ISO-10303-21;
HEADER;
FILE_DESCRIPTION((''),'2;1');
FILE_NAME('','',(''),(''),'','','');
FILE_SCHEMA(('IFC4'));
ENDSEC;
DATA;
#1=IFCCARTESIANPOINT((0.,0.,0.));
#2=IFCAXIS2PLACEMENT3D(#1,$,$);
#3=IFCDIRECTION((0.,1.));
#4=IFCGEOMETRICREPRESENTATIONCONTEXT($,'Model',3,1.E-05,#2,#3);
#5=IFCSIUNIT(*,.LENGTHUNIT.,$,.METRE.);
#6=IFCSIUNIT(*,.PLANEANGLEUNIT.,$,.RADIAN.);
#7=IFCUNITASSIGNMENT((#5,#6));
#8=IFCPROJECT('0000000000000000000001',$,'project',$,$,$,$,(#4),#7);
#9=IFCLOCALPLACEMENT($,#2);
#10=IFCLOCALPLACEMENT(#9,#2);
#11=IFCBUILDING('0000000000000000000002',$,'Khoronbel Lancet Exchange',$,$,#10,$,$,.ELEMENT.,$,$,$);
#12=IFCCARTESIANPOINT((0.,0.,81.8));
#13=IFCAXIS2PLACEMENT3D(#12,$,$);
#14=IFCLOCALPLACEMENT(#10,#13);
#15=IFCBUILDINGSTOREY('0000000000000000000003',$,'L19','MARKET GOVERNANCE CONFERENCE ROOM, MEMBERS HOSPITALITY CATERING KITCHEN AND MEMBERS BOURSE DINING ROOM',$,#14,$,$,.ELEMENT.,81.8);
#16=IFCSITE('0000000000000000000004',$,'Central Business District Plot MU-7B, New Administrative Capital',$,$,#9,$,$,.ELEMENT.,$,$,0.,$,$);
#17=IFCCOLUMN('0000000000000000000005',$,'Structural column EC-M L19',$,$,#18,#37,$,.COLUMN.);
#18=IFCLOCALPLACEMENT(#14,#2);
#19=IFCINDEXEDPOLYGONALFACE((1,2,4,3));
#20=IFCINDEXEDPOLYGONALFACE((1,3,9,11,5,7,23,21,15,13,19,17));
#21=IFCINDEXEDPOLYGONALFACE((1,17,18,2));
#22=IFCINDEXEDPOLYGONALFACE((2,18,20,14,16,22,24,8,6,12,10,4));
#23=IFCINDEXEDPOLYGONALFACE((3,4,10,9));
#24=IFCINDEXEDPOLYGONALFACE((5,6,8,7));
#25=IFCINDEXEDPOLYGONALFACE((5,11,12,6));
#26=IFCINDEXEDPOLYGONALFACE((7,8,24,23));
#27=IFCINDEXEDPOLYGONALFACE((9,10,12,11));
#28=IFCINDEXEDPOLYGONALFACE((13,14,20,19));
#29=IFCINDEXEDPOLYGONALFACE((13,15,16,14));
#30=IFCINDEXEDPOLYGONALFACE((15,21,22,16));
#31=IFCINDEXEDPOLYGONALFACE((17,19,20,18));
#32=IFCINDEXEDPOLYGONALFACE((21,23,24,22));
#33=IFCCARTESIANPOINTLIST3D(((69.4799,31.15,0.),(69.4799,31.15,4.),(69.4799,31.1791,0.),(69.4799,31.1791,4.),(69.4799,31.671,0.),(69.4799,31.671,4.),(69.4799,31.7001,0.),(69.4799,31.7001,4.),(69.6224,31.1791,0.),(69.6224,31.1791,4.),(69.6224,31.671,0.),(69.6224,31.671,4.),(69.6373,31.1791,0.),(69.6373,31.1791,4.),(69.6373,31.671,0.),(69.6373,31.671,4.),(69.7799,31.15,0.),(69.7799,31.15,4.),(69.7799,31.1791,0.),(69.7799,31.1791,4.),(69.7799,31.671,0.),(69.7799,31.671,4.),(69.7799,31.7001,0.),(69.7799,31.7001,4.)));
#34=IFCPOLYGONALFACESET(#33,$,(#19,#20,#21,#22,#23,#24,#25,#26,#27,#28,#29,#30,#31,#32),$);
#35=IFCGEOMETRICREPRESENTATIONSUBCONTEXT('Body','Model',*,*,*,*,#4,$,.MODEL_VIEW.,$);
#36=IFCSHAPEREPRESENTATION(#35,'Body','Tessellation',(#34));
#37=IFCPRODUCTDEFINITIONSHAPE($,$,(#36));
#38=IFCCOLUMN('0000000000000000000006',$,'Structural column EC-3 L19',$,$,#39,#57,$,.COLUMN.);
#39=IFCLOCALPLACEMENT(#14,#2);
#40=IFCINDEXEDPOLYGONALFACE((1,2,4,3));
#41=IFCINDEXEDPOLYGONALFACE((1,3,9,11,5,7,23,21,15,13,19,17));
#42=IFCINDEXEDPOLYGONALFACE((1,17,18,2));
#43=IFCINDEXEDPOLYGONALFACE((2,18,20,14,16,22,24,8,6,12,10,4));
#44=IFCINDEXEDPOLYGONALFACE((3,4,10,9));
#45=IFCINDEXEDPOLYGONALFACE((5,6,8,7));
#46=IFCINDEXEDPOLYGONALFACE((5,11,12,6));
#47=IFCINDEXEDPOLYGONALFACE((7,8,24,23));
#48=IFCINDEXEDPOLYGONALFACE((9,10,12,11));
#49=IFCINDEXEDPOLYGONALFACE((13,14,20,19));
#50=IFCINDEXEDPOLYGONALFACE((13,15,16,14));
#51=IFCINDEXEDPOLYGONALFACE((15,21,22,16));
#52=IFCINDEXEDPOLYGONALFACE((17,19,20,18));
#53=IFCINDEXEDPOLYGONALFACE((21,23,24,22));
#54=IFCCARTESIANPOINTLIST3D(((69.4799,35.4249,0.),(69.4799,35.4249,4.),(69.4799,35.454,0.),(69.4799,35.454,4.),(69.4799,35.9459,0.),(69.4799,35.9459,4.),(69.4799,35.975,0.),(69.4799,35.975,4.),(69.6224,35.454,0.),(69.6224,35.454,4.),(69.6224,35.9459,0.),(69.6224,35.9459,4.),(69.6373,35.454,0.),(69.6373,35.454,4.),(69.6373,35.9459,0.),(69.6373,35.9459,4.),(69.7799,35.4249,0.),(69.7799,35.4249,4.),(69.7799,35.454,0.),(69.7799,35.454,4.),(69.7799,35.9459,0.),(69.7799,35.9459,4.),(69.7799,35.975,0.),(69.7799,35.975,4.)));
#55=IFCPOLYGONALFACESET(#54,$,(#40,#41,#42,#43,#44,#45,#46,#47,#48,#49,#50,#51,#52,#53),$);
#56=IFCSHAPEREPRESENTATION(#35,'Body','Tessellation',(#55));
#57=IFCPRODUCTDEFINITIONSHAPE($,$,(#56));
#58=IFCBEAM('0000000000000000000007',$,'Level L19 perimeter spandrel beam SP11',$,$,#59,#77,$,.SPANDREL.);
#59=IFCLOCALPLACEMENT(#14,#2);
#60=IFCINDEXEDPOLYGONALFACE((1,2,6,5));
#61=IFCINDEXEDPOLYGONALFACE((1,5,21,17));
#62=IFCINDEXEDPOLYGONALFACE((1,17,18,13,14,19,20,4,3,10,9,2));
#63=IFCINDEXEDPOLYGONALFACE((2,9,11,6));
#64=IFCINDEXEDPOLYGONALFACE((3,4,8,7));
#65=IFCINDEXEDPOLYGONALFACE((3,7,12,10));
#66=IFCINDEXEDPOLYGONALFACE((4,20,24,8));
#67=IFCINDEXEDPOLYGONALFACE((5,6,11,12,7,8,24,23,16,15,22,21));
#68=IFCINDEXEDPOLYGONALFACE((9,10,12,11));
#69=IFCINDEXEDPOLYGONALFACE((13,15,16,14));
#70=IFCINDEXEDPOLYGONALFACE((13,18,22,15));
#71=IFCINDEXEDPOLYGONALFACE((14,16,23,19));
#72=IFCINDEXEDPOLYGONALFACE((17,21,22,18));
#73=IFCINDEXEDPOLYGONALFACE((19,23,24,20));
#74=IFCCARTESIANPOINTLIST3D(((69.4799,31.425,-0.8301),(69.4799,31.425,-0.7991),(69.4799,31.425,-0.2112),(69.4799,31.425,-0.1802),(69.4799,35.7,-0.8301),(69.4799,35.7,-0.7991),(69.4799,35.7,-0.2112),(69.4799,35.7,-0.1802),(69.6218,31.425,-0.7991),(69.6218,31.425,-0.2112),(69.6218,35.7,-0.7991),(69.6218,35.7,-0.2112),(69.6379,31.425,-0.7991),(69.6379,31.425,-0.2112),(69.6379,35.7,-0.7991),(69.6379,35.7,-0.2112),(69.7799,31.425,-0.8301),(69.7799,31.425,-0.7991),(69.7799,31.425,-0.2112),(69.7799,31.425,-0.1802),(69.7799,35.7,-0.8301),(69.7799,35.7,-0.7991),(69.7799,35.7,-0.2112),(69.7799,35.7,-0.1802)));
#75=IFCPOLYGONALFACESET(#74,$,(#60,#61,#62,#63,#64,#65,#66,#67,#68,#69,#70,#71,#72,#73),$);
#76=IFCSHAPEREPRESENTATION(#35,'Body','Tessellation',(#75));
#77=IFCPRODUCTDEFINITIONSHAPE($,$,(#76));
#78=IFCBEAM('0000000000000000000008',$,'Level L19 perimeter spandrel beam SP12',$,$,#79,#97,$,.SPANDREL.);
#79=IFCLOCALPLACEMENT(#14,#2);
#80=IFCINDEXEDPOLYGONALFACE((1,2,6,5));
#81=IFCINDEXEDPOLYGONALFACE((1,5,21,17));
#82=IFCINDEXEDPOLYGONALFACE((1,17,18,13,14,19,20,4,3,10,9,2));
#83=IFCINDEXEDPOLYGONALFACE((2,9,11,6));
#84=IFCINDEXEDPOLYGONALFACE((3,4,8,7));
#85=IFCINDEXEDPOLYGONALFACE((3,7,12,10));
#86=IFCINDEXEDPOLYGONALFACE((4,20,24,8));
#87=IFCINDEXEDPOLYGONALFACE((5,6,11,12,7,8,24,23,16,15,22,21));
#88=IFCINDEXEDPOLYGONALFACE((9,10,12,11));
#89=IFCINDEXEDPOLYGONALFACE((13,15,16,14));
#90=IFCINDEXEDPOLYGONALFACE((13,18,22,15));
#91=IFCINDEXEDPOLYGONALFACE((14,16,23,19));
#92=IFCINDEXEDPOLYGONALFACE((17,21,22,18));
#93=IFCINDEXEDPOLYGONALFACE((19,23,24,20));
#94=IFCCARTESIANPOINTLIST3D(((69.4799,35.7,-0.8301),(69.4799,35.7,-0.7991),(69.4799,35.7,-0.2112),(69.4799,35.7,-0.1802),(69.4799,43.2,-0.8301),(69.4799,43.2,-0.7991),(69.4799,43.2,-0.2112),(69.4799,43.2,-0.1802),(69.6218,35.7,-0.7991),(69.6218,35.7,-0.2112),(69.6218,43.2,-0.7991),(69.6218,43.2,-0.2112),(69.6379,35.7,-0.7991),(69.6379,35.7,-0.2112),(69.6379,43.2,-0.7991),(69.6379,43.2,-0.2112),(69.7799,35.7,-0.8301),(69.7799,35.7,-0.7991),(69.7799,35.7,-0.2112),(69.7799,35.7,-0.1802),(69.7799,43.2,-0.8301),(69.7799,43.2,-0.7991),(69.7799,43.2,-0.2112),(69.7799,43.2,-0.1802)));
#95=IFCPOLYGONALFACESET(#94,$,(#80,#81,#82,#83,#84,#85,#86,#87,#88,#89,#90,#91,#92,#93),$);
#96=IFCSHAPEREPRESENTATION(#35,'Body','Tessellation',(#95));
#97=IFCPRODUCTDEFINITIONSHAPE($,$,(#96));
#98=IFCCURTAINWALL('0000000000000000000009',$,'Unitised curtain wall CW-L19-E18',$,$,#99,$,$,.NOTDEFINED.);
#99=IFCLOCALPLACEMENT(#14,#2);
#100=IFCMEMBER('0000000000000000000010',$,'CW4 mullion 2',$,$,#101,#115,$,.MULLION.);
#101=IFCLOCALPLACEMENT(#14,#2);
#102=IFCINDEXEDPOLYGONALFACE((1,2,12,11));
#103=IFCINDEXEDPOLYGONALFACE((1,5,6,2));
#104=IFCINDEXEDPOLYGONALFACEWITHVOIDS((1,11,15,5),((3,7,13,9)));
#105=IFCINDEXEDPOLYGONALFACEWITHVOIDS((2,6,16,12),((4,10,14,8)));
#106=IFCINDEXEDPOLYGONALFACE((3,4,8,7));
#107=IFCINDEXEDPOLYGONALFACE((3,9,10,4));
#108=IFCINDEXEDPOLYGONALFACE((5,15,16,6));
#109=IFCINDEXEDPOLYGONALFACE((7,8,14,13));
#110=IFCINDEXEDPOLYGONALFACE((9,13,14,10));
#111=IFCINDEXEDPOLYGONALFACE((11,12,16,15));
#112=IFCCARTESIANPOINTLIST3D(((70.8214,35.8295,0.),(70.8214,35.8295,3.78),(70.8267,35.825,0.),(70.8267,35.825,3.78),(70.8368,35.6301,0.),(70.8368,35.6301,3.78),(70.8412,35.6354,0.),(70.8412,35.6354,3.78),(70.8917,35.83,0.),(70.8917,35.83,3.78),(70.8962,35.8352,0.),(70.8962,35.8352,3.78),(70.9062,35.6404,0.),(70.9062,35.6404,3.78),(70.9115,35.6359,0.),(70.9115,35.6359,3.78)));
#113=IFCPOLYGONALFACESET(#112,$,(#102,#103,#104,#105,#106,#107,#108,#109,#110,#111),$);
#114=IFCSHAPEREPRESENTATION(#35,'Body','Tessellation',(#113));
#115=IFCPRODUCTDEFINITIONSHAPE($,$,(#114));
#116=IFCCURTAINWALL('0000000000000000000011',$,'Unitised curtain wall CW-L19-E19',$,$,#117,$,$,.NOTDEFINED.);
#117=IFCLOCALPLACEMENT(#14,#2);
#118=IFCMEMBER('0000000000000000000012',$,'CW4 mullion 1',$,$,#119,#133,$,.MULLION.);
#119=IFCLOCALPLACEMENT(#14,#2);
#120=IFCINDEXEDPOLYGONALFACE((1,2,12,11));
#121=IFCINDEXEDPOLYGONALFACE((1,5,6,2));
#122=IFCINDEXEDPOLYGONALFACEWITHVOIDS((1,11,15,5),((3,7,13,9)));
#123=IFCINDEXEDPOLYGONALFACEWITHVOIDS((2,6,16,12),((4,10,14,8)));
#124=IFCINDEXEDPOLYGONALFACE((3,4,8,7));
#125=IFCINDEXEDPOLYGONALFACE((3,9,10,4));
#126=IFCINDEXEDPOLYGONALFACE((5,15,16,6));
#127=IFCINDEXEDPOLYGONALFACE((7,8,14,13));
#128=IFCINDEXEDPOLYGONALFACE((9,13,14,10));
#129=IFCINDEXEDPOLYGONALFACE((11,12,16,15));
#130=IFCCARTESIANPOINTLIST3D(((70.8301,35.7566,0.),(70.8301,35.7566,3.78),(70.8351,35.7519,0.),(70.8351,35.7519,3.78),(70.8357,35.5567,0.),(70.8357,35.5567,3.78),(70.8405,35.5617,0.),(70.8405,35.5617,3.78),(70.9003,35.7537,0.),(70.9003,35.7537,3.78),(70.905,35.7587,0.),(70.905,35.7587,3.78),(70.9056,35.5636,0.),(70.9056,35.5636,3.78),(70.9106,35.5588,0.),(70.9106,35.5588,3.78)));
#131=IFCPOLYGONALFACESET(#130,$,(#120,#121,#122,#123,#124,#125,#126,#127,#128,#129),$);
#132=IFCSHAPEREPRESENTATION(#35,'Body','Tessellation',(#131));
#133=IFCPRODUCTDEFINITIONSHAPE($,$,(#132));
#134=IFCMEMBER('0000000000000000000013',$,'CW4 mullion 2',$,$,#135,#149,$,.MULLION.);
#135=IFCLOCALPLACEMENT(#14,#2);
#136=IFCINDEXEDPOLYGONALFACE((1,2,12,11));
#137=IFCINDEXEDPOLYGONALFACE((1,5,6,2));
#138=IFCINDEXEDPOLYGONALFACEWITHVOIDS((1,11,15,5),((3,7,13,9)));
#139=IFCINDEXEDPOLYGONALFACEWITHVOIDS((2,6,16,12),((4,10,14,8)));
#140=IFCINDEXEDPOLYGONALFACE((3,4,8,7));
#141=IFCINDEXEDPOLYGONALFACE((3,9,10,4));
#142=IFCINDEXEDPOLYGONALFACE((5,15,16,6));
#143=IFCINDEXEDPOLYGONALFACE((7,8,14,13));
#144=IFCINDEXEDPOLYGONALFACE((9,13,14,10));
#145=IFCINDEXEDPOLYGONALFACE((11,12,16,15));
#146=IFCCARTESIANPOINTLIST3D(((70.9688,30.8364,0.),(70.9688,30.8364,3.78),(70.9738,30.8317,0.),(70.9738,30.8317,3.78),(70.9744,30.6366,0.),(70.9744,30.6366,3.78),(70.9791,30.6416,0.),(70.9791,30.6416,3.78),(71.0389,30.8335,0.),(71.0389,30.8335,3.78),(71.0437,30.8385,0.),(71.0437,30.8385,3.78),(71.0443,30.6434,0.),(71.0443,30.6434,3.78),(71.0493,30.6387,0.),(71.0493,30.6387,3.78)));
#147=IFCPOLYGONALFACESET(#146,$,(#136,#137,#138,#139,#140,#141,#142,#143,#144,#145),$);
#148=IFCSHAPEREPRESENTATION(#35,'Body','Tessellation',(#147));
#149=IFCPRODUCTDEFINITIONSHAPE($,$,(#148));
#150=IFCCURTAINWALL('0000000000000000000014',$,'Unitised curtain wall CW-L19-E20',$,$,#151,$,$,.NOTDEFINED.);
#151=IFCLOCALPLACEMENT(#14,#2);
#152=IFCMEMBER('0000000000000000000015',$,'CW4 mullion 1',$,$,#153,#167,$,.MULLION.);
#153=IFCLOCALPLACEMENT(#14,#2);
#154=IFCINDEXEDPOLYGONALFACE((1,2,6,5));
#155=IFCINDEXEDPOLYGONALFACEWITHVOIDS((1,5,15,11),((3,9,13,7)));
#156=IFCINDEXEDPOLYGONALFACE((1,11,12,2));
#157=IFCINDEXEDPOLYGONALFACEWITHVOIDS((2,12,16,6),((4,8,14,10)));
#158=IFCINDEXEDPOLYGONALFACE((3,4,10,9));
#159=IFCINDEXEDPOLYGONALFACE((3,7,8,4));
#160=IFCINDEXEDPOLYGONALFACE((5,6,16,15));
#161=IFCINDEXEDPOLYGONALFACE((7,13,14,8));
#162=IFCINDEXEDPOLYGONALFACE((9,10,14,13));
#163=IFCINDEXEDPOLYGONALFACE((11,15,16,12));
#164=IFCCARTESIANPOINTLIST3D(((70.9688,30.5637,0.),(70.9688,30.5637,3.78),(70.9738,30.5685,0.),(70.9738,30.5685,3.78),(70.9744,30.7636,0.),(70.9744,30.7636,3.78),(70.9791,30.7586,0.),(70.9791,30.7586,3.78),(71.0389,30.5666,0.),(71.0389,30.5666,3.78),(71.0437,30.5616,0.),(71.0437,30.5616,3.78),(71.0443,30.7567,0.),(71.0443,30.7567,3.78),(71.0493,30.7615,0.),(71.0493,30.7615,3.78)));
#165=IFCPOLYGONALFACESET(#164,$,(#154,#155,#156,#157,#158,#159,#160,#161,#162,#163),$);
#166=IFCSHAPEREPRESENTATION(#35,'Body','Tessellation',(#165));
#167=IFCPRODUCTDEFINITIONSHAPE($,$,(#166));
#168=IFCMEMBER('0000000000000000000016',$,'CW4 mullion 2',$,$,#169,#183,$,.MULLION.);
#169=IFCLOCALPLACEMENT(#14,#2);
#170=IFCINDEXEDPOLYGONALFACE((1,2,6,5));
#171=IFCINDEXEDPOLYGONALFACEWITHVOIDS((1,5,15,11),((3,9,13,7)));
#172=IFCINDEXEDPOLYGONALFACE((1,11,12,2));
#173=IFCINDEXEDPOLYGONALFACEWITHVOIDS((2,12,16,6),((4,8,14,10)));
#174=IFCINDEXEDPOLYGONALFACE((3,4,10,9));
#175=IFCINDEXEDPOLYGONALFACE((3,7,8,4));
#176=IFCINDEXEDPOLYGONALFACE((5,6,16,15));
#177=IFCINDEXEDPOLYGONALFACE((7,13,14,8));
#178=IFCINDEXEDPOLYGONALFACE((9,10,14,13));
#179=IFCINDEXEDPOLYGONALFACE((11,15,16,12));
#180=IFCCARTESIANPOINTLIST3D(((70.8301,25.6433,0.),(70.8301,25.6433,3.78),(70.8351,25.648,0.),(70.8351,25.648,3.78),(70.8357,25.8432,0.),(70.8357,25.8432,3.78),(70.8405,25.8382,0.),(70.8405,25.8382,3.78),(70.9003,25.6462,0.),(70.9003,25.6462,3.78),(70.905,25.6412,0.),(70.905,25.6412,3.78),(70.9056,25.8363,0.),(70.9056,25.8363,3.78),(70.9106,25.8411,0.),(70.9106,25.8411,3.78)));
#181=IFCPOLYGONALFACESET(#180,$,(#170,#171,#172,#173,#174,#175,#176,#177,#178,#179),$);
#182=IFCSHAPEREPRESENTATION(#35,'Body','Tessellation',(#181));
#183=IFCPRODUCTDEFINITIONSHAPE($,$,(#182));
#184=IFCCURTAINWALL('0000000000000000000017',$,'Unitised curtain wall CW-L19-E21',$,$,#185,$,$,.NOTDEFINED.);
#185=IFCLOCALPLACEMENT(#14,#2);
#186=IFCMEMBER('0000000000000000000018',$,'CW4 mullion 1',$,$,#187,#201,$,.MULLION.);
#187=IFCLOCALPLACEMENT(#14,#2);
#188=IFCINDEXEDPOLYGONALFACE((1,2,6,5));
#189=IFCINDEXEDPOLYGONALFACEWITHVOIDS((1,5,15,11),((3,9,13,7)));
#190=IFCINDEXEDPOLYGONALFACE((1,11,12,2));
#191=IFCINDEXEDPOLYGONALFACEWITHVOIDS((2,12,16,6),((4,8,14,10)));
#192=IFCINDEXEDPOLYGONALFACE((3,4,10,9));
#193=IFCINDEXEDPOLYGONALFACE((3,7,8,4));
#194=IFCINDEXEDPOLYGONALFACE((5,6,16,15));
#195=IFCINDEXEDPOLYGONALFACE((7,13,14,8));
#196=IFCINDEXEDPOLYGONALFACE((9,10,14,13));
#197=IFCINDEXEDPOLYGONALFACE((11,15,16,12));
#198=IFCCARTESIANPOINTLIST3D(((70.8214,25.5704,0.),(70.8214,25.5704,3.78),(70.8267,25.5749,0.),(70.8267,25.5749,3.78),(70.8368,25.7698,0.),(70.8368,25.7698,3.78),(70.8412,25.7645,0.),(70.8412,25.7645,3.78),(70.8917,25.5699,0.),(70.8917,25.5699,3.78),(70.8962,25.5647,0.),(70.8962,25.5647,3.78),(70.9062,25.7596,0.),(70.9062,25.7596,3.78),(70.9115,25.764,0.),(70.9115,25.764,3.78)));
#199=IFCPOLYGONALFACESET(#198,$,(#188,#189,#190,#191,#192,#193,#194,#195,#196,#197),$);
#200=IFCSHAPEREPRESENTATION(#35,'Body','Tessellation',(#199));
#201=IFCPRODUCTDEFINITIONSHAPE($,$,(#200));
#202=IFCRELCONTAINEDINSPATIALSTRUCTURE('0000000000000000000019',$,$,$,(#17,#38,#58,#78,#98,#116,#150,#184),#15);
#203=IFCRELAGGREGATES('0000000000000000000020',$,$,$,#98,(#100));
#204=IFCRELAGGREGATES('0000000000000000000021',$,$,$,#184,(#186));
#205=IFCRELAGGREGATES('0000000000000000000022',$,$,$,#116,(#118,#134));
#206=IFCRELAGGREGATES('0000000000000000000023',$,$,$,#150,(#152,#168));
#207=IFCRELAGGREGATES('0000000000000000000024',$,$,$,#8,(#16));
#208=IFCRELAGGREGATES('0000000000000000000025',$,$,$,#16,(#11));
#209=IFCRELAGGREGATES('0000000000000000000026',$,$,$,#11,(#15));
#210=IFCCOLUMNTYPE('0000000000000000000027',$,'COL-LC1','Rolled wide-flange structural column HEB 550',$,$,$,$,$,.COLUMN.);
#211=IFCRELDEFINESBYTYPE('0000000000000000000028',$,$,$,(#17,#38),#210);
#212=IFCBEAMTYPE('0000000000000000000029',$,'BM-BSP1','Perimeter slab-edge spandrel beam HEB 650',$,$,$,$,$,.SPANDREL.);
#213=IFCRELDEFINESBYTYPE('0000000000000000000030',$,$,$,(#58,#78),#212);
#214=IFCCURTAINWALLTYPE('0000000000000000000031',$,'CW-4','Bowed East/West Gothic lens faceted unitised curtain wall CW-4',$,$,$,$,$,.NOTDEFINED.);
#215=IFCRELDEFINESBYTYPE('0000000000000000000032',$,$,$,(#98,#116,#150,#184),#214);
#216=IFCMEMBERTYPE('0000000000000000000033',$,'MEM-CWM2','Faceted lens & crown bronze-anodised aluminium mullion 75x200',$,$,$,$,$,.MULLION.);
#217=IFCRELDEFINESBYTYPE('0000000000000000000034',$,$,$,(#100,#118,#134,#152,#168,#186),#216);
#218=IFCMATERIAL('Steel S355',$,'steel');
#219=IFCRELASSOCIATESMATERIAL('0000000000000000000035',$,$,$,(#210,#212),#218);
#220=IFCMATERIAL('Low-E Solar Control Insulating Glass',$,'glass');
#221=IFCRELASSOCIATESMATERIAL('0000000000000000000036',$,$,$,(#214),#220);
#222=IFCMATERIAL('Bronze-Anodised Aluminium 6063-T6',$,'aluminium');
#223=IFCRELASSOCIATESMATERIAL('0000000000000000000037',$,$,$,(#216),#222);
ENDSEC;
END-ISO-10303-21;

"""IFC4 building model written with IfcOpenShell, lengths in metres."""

from ifc_helpers import new_model, si_unit, direction, frame, origin, origin_2d, place, context, subcontext, project, spatial, hollow_rectangle, i_section, extrude, material, material_profile, profile_set, type_object, element, aggregate, save


model = new_model("IFC4")

# Units and contexts
model_context = context("Model", 3, precision=1e-05, world=origin(), true_north=direction((0.0, 1.0)))
body_context = subcontext(model_context, "Body", "Model", "MODEL_VIEW")
ifc_project = project(units=[si_unit("LENGTHUNIT", "METRE"), si_unit("PLANEANGLEUNIT", "RADIAN")], contexts=[model_context])

# Site, building, storey
site_placement = place(None, origin())
site = spatial("IfcSite", under=ifc_project, at=site_placement, Name="Central Business District Plot MU-7B, New Administrative Capital", CompositionType="ELEMENT", RefElevation=0.0)
building_placement = place(site_placement, origin())
building = spatial("IfcBuilding", under=site, at=building_placement, Name="Khoronbel Lancet Exchange", CompositionType="ELEMENT")
storey_placement = place(building_placement, frame((0.0, 0.0, 81.8)))
storey = spatial("IfcBuildingStorey", under=building, at=storey_placement, Name="L19", Description="MARKET GOVERNANCE CONFERENCE ROOM, MEMBERS HOSPITALITY CATERING KITCHEN AND MEMBERS BOURSE DINING ROOM", CompositionType="ELEMENT", Elevation=81.8)

# Columns
ifc_material_1 = material(Name="Steel S355", Category="steel")
ifc_material_profile_1 = material_profile(ifc_material_1, i_section(OverallWidth=0.3, OverallDepth=0.55, WebThickness=0.0149, FlangeThickness=0.0291, at=origin_2d()), Name="HEB 550")
ifc_profile_set_1 = profile_set([ifc_material_profile_1], Name="Steel S355")
column_type = type_object("IfcColumnType", Name="COL-LC1", Description="Rolled wide-flange structural column HEB 550", PredefinedType="COLUMN", material=ifc_profile_set_1)
for number, where, z_axis, x_axis, name in (
    (1, (69.6299, 31.425, 0.0), (0.0, 0.0, 1.0), (1.0, 0.0, 0.0), "Structural column EC-M L19"),
    (2, (69.6299, 35.7, 0.0), (0.0, 0.0, 1.0), (1.0, 0.0, 0.0), "Structural column EC-3 L19"),
):
    element("IfcColumn", number, at=place(storey_placement, frame(where, z_axis=z_axis, x_axis=x_axis)), inside=storey, type_object=column_type, Name=name, PredefinedType="COLUMN", context=body_context, shape_type="SweptSolid", body=[
        extrude(i_section(OverallWidth=0.3, OverallDepth=0.55, WebThickness=0.0149, FlangeThickness=0.0291, at=origin_2d()), origin(), (0.0, 0.0, 1.0), 4.0),
    ])

# Beams
ifc_material_profile_2 = material_profile(ifc_material_1, i_section(OverallWidth=0.3, OverallDepth=0.6499, WebThickness=0.0161, FlangeThickness=0.031, at=origin_2d()), Name="HEB 650")
ifc_profile_set_2 = profile_set([ifc_material_profile_2], Name="Steel S355")
beam_type = type_object("IfcBeamType", Name="BM-BSP1", Description="Perimeter slab-edge spandrel beam HEB 650", PredefinedType="SPANDREL", material=ifc_profile_set_2)
beam_1_placement = place(storey_placement, frame((69.6299, 31.425, -0.5051), z_axis=(0.0, 1.0, 0.0), x_axis=(-1.0, 0.0, 0.0)))
element("IfcBeam", 3, at=beam_1_placement, inside=storey, type_object=beam_type, Name="Level L19 perimeter spandrel beam SP11", PredefinedType="SPANDREL", context=body_context, shape_type="SweptSolid", body=[
    extrude(i_section(OverallWidth=0.3, OverallDepth=0.6499, WebThickness=0.0161, FlangeThickness=0.031, at=origin_2d()), origin(), (0.0, 0.0, 1.0), 4.2749),
])
beam_2_placement = place(storey_placement, frame((69.6299, 35.7, -0.5051), z_axis=(0.0, 1.0, 0.0), x_axis=(-1.0, 0.0, 0.0)))
element("IfcBeam", 4, at=beam_2_placement, inside=storey, type_object=beam_type, Name="Level L19 perimeter spandrel beam SP12", PredefinedType="SPANDREL", context=body_context, shape_type="SweptSolid", body=[
    extrude(i_section(OverallWidth=0.3, OverallDepth=0.6499, WebThickness=0.0161, FlangeThickness=0.031, at=origin_2d()), origin(), (0.0, 0.0, 1.0), 7.5),
])

# Curtain wall, member
ifc_material_2 = material(Name="Low-E Solar Control Insulating Glass", Category="glass")
curtain_wall_type = type_object("IfcCurtainWallType", Name="CW-4", Description="Bowed East/West Gothic lens faceted unitised curtain wall CW-4", PredefinedType="NOTDEFINED", material=ifc_material_2)
curtain_wall_1_placement = place(storey_placement, origin())
curtain_wall_1 = element("IfcCurtainWall", 5, at=curtain_wall_1_placement, inside=storey, type_object=curtain_wall_type, Name="Unitised curtain wall CW-L19-E18", PredefinedType="NOTDEFINED")
ifc_material_3 = material(Name="Bronze-Anodised Aluminium 6063-T6", Category="aluminium")
ifc_material_profile_3 = material_profile(ifc_material_3, hollow_rectangle(XDim=0.075, YDim=0.2, WallThickness=0.0049, at=origin_2d()), Name="ALU MULLION 75x200")
ifc_profile_set_3 = profile_set([ifc_material_profile_3], Name="Bronze-Anodised Aluminium 6063-T6")
member_type_1 = type_object("IfcMemberType", Name="MEM-CWM2", Description="Faceted lens & crown bronze-anodised aluminium mullion 75x200", PredefinedType="MULLION", material=ifc_profile_set_3)
member_1_placement = place(storey_placement, frame((70.8665, 35.7327, 0.0), z_axis=(0.0, 0.0, 1.0), x_axis=(0.99706, 0.076626, 0.0)))
member_1 = element("IfcMember", 6, at=member_1_placement, type_object=member_type_1, Name="CW4 mullion 2", PredefinedType="MULLION", context=body_context, shape_type="SweptSolid", body=[
    extrude(hollow_rectangle(XDim=0.075, YDim=0.2, WallThickness=0.0049, at=origin_2d()), origin(), (0.0, 0.0, 1.0), 3.78),
])
aggregate(curtain_wall_1, [member_1])

# Curtain walls, members
curtain_wall_2_placement = place(storey_placement, origin())
curtain_wall_2 = element("IfcCurtainWall", 7, at=curtain_wall_2_placement, inside=storey, type_object=curtain_wall_type, Name="Unitised curtain wall CW-L19-E19", PredefinedType="NOTDEFINED")
member_2_placement = place(storey_placement, frame((70.8704, 35.6577, 0.0), z_axis=(0.0, 0.0, 1.0), x_axis=(0.999604, 0.028135, 0.0)))
member_2 = element("IfcMember", 8, at=member_2_placement, type_object=member_type_1, Name="CW4 mullion 1", PredefinedType="MULLION", context=body_context, shape_type="SweptSolid", body=[
    extrude(hollow_rectangle(XDim=0.075, YDim=0.2, WallThickness=0.0049, at=origin_2d()), origin(), (0.0, 0.0, 1.0), 3.78),
])
member_3_placement = place(storey_placement, frame((71.009, 30.7375, 0.0), z_axis=(0.0, 0.0, 1.0), x_axis=(0.999604, 0.028135, 0.0)))
member_3 = element("IfcMember", 9, at=member_3_placement, type_object=member_type_1, Name="CW4 mullion 2", PredefinedType="MULLION", context=body_context, shape_type="SweptSolid", body=[
    extrude(hollow_rectangle(XDim=0.075, YDim=0.2, WallThickness=0.0049, at=origin_2d()), origin(), (0.0, 0.0, 1.0), 3.78),
])
curtain_wall_3_placement = place(storey_placement, origin())
curtain_wall_3 = element("IfcCurtainWall", 10, at=curtain_wall_3_placement, inside=storey, type_object=curtain_wall_type, Name="Unitised curtain wall CW-L19-E20", PredefinedType="NOTDEFINED")
member_4_placement = place(storey_placement, frame((71.009, 30.6626, 0.0), z_axis=(0.0, 0.0, 1.0), x_axis=(0.999604, -0.028135, 0.0)))
member_4 = element("IfcMember", 11, at=member_4_placement, type_object=member_type_1, Name="CW4 mullion 1", PredefinedType="MULLION", context=body_context, shape_type="SweptSolid", body=[
    extrude(hollow_rectangle(XDim=0.075, YDim=0.2, WallThickness=0.0049, at=origin_2d()), origin(), (0.0, 0.0, 1.0), 3.78),
])
member_5_placement = place(storey_placement, frame((70.8704, 25.7422, 0.0), z_axis=(0.0, 0.0, 1.0), x_axis=(0.999604, -0.028135, 0.0)))
member_5 = element("IfcMember", 12, at=member_5_placement, type_object=member_type_1, Name="CW4 mullion 2", PredefinedType="MULLION", context=body_context, shape_type="SweptSolid", body=[
    extrude(hollow_rectangle(XDim=0.075, YDim=0.2, WallThickness=0.0049, at=origin_2d()), origin(), (0.0, 0.0, 1.0), 3.78),
])

# Curtain wall, member
curtain_wall_4_placement = place(storey_placement, origin())
curtain_wall_4 = element("IfcCurtainWall", 13, at=curtain_wall_4_placement, inside=storey, type_object=curtain_wall_type, Name="Unitised curtain wall CW-L19-E21", PredefinedType="NOTDEFINED")
member_6_placement = place(storey_placement, frame((70.8665, 25.6672, 0.0), z_axis=(0.0, 0.0, 1.0), x_axis=(0.99706, -0.076626, 0.0)))
member_6 = element("IfcMember", 14, at=member_6_placement, type_object=member_type_1, Name="CW4 mullion 1", PredefinedType="MULLION", context=body_context, shape_type="SweptSolid", body=[
    extrude(hollow_rectangle(XDim=0.075, YDim=0.2, WallThickness=0.0049, at=origin_2d()), origin(), (0.0, 0.0, 1.0), 3.78),
])

aggregate(curtain_wall_4, [member_6])

aggregate(curtain_wall_2, [member_2, member_3])
aggregate(curtain_wall_3, [member_4, member_5])

save(model, "model.ifc")
